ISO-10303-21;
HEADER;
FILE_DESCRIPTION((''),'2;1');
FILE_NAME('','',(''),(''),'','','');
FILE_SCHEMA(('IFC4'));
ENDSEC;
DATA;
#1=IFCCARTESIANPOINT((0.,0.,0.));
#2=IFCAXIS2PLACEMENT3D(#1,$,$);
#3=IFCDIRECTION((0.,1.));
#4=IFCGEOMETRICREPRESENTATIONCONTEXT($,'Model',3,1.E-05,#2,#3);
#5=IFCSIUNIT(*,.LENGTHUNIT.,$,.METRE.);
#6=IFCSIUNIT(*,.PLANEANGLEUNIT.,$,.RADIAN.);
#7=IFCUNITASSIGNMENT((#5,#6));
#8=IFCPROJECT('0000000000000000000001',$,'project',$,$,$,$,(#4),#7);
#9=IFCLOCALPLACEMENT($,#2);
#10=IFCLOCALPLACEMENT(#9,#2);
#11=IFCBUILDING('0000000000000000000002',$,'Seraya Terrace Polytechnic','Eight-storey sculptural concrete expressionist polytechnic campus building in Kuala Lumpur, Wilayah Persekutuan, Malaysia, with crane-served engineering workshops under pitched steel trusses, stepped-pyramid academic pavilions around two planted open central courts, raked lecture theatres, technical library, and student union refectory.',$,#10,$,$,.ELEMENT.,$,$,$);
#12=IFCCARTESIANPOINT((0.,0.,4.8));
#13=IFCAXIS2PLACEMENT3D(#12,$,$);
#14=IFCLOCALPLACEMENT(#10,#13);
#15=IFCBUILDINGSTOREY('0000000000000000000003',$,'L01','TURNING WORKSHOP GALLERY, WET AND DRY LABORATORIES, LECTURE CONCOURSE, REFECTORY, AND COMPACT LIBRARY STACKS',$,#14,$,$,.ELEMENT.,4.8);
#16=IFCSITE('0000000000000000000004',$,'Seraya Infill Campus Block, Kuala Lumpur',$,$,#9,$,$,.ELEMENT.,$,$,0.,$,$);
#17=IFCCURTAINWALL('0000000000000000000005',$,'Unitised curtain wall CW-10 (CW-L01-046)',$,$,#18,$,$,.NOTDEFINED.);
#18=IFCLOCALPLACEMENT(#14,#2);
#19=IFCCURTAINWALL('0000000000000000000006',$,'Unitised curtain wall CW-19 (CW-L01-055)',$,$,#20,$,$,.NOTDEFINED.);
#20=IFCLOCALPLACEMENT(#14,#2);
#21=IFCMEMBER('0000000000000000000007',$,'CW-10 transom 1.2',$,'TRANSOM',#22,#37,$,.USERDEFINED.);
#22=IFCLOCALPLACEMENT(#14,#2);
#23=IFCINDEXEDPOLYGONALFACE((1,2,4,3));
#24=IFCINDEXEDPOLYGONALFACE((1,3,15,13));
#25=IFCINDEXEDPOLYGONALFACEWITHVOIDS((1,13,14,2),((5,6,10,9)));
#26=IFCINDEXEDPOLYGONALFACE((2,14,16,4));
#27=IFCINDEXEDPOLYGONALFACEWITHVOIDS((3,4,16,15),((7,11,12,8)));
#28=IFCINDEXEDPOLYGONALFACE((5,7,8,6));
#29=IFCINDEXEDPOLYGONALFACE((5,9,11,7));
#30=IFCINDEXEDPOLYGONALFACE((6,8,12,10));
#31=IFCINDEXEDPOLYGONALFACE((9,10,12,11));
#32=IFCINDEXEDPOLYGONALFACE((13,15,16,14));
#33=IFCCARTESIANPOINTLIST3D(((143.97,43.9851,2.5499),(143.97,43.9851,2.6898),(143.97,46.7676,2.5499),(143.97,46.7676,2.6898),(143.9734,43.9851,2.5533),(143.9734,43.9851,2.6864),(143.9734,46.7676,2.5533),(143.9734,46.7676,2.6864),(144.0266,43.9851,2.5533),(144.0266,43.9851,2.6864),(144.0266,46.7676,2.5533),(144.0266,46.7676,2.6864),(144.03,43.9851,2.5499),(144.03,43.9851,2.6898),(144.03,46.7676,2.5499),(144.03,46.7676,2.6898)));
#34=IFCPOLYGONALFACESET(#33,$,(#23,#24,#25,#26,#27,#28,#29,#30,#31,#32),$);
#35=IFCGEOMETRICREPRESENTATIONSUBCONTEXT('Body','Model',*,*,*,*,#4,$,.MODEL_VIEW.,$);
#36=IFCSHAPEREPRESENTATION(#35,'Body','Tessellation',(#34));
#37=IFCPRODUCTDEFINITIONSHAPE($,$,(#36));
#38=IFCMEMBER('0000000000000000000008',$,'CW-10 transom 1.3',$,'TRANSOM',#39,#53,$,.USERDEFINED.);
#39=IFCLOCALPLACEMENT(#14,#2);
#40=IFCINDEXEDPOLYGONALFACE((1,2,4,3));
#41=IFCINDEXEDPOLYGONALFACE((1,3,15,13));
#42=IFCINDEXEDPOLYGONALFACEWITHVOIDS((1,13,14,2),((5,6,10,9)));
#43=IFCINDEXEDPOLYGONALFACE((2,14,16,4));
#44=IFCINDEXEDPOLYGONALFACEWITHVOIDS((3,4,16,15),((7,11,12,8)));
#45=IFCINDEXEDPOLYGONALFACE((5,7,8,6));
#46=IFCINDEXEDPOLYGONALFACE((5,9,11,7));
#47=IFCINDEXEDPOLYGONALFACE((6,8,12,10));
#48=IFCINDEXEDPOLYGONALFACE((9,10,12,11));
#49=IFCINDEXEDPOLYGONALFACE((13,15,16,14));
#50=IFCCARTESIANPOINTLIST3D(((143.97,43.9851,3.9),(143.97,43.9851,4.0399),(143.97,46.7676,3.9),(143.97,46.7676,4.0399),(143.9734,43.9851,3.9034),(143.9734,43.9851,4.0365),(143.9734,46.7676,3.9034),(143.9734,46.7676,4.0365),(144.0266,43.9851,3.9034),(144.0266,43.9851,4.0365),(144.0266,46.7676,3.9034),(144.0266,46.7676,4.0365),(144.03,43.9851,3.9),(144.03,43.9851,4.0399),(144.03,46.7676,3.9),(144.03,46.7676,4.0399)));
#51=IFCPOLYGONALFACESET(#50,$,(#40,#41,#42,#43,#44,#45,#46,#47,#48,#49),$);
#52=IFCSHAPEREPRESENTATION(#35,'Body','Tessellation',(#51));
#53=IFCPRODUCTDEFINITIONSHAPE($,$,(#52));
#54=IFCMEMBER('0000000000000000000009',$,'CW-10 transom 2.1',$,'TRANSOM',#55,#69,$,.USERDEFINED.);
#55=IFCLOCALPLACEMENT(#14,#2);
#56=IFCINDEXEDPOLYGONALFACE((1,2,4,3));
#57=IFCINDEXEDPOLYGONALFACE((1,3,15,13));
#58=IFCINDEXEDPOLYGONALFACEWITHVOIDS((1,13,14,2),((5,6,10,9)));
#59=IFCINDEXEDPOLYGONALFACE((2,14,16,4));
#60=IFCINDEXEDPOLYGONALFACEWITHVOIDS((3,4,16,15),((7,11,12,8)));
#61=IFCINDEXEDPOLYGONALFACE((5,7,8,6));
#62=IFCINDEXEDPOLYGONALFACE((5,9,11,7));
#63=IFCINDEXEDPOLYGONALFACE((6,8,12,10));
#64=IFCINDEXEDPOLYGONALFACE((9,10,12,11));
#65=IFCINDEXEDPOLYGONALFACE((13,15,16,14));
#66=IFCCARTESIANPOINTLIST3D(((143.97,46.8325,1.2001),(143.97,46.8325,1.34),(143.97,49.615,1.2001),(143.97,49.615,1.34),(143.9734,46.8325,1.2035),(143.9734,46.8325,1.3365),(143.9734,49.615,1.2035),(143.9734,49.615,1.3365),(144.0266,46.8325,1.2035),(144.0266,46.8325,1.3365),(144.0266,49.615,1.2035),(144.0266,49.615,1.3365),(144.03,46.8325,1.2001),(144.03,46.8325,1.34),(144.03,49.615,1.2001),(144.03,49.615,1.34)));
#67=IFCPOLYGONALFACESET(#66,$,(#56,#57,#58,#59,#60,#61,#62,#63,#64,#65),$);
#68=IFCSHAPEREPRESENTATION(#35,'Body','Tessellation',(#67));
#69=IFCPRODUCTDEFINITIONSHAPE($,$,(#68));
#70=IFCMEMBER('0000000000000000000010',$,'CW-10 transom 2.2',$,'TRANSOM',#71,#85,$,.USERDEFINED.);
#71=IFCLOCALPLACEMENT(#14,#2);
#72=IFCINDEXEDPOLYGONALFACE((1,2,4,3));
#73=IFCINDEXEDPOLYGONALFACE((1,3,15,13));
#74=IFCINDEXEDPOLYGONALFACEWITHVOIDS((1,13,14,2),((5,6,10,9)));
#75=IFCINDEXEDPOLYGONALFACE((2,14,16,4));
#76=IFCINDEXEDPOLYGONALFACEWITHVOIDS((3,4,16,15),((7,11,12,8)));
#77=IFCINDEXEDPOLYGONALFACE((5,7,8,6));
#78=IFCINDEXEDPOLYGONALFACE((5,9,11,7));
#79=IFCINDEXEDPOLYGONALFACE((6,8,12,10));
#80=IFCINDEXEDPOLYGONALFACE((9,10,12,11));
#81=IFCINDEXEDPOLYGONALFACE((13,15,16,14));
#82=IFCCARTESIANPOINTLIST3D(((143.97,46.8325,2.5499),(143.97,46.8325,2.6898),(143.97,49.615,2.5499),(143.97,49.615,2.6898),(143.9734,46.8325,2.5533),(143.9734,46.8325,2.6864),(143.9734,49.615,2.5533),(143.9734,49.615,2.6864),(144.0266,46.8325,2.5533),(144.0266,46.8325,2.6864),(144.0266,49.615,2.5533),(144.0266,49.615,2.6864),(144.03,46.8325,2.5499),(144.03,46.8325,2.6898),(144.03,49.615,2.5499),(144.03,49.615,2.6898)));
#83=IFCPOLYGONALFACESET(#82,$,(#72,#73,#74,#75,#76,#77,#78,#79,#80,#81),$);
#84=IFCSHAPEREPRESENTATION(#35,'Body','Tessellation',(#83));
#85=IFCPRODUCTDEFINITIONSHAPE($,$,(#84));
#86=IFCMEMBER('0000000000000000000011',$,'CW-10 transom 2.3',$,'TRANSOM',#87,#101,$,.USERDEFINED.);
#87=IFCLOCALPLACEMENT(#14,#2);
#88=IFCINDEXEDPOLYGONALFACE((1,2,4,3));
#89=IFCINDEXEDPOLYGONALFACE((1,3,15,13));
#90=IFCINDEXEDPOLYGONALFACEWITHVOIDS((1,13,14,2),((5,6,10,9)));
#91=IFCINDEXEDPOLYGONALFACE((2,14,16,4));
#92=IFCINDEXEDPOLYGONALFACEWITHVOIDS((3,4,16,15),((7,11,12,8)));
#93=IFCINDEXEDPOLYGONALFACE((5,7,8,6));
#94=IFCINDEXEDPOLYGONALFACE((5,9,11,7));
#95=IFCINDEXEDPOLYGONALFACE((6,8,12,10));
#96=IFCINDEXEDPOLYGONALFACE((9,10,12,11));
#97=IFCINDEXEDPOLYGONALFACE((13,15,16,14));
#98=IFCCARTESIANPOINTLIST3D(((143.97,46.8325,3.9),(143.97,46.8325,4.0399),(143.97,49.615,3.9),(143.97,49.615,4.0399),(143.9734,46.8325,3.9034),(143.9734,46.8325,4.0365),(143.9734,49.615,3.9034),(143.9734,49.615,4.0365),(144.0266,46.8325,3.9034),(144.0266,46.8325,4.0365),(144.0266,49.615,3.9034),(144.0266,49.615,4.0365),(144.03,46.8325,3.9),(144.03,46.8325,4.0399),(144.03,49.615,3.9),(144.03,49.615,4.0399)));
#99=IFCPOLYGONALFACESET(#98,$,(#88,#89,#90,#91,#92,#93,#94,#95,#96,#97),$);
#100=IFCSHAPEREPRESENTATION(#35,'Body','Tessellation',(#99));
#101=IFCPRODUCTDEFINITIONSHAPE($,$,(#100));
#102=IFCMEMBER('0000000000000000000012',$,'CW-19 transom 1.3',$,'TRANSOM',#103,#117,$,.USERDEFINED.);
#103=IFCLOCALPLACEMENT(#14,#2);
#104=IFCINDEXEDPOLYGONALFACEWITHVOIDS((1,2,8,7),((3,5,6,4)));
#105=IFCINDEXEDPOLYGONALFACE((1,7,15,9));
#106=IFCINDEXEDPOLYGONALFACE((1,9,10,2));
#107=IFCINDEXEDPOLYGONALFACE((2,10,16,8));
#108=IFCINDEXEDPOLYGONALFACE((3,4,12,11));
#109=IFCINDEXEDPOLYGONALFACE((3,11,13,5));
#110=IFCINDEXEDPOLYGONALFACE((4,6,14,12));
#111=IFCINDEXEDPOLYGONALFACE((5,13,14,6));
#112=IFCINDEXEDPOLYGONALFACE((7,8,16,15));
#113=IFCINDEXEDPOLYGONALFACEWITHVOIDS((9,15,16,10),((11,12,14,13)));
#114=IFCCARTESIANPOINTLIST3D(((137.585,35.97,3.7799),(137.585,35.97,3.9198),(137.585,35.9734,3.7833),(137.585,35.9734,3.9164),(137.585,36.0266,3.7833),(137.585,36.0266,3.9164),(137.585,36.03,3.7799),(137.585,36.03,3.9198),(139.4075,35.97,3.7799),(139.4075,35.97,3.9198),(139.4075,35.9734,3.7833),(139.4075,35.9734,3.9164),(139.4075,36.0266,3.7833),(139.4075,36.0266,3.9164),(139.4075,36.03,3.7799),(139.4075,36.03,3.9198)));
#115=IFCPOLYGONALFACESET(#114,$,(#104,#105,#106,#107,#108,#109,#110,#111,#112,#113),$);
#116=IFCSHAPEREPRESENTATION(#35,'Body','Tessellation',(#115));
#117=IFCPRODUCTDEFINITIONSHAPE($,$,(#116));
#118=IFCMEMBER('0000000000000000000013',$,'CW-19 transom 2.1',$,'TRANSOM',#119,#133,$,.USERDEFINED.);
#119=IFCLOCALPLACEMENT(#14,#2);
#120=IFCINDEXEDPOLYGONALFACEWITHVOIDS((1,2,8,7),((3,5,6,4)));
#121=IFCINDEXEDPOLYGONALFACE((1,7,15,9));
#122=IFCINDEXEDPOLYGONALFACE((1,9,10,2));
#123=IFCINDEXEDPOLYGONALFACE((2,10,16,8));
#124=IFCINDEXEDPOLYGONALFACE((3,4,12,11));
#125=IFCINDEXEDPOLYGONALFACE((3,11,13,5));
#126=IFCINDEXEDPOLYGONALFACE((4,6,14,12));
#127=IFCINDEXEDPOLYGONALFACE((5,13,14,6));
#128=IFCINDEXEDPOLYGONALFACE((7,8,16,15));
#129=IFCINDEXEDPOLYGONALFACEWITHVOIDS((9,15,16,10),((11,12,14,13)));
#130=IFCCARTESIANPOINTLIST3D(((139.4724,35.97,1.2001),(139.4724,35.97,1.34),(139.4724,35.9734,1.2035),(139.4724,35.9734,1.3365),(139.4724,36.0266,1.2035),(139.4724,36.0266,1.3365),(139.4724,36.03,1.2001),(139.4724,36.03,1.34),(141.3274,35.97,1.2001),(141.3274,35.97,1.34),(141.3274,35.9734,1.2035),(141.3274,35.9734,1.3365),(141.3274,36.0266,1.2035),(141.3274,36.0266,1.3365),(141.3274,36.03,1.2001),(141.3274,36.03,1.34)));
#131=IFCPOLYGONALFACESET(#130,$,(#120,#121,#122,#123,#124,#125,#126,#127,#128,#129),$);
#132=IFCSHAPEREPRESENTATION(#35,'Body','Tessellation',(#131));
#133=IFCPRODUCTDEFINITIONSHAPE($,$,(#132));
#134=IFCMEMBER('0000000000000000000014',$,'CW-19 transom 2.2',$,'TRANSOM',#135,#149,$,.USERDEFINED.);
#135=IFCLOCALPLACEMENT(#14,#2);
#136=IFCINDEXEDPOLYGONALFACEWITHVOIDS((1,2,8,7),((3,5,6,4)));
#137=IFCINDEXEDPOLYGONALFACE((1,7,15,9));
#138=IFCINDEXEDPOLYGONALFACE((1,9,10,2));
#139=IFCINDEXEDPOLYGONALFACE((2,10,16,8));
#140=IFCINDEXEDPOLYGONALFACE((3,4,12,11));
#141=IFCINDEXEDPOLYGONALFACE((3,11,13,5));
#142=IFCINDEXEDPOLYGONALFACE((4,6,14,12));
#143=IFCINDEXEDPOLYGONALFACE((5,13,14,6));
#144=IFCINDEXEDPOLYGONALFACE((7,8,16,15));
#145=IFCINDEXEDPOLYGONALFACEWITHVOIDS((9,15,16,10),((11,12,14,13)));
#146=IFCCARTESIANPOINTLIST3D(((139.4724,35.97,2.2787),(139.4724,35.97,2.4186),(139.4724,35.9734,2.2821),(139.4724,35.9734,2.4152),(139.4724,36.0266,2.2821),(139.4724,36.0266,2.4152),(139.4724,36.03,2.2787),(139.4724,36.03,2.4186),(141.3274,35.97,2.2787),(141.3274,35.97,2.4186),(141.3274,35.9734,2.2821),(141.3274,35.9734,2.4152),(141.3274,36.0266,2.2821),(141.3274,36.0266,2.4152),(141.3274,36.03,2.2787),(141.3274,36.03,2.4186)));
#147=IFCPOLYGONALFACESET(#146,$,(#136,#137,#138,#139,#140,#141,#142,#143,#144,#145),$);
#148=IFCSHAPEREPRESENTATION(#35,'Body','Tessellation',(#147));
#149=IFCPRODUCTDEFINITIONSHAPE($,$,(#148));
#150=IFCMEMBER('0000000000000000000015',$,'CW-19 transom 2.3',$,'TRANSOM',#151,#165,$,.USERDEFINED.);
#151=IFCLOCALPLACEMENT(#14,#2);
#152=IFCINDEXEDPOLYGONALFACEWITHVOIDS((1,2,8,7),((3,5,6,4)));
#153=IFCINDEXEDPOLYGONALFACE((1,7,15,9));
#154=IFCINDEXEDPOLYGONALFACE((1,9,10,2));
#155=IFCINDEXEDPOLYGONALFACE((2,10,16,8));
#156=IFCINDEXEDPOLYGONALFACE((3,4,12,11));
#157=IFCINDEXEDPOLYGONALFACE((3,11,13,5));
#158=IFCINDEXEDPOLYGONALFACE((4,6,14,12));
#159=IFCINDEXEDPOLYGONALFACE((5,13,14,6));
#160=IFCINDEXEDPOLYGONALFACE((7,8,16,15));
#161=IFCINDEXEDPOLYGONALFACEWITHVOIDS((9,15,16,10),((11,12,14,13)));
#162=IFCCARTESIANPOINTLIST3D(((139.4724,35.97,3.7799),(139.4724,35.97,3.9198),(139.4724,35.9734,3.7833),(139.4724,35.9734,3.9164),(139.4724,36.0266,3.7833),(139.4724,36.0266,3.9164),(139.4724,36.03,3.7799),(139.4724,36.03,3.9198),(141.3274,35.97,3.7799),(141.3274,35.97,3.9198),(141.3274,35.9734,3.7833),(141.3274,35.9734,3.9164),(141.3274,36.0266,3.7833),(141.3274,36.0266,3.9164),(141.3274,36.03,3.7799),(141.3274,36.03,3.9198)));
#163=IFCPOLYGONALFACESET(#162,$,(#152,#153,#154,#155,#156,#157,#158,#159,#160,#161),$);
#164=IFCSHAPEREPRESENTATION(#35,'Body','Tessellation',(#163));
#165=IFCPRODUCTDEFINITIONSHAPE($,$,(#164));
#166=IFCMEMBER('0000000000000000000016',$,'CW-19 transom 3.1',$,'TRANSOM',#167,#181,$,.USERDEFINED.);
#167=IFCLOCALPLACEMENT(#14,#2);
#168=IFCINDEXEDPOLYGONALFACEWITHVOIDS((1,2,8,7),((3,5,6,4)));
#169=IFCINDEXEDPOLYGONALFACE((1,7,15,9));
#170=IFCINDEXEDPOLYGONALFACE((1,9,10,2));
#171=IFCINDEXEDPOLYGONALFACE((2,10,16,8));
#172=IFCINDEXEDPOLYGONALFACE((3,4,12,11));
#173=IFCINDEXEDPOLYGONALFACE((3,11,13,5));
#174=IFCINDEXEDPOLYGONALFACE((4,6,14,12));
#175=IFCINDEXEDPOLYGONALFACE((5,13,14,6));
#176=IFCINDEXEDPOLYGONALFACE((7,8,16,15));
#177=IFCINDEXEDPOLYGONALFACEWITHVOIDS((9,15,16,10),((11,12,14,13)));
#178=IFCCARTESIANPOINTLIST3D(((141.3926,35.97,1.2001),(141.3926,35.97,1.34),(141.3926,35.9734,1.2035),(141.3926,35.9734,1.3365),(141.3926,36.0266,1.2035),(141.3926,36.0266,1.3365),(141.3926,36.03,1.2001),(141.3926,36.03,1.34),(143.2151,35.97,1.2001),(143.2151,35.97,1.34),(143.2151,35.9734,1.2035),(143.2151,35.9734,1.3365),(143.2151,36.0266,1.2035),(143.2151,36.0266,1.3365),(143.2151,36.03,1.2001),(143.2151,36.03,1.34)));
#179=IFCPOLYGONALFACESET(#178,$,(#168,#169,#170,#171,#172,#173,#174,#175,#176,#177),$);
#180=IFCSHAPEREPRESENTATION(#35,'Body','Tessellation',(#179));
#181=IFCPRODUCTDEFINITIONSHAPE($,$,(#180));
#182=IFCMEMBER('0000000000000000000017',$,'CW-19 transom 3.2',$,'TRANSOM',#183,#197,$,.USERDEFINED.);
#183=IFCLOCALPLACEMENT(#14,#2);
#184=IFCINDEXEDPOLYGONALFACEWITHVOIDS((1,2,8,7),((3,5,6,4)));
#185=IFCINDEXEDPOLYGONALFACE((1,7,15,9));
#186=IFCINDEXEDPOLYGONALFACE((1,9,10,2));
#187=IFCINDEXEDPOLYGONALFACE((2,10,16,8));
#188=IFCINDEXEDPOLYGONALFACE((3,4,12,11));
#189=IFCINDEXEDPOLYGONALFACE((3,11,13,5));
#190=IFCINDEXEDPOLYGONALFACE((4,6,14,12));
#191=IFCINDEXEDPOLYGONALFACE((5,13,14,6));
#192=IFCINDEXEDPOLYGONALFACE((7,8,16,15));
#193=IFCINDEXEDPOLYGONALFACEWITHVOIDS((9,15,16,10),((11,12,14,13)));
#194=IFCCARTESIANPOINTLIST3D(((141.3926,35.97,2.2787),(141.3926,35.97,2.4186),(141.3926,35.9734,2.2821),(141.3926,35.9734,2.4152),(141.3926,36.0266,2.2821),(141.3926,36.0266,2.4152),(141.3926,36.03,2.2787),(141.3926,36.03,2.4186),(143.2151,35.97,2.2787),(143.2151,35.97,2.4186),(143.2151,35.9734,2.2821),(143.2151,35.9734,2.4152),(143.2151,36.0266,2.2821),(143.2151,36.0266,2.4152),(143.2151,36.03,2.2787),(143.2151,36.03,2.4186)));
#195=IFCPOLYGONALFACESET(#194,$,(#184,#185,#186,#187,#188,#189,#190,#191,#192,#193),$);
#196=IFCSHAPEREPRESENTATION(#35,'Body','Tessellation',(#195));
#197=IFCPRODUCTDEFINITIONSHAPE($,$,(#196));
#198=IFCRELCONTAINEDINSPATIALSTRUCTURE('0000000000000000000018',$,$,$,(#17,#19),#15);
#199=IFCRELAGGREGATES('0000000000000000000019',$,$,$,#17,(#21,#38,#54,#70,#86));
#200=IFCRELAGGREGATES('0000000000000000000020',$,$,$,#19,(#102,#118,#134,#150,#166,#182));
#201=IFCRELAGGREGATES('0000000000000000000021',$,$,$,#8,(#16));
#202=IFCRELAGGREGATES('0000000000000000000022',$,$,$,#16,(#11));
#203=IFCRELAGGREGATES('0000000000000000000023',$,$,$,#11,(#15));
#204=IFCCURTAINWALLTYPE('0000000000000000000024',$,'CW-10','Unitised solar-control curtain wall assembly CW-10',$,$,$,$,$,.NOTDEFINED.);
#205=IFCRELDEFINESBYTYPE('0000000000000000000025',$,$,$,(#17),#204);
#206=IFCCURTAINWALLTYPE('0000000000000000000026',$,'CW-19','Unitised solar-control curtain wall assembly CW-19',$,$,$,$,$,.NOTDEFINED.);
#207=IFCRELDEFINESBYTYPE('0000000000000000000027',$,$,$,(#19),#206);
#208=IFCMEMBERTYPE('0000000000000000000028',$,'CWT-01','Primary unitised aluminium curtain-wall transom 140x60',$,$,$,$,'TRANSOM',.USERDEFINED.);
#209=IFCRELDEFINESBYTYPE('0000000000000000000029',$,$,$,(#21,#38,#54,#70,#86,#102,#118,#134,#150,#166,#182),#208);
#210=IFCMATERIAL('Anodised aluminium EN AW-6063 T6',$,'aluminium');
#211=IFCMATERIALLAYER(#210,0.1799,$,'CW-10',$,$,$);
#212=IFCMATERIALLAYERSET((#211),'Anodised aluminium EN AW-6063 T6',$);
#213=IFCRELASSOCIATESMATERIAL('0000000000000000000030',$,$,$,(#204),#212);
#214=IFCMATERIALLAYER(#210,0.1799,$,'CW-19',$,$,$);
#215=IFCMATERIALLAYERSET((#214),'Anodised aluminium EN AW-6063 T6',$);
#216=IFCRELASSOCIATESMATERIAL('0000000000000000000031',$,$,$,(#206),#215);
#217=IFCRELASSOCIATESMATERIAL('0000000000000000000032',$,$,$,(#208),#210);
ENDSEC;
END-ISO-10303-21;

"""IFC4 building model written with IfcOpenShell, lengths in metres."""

from ifc_helpers import new_model, si_unit, direction, frame, origin, origin_2d, place, context, subcontext, project, spatial, hollow_rectangle, extrude, material, layer, layer_set, material_profile, profile_set, type_object, element, aggregate, save


model = new_model("IFC4")

# Units and contexts
model_context = context("Model", 3, precision=1e-05, world=origin(), true_north=direction((0.0, 1.0)))
body_context = subcontext(model_context, "Body", "Model", "MODEL_VIEW")
ifc_project = project(units=[si_unit("LENGTHUNIT", "METRE"), si_unit("PLANEANGLEUNIT", "RADIAN")], contexts=[model_context])

# Site, building, storey
site_placement = place(None, origin())
site = spatial("IfcSite", under=ifc_project, at=site_placement, Name="Seraya Infill Campus Block, Kuala Lumpur", CompositionType="ELEMENT", RefElevation=0.0)
building_placement = place(site_placement, origin())
building = spatial("IfcBuilding", under=site, at=building_placement, Name="Seraya Terrace Polytechnic", Description="Eight-storey sculptural concrete expressionist polytechnic campus building in Kuala Lumpur, Wilayah Persekutuan, Malaysia, with crane-served engineering workshops under pitched steel trusses, stepped-pyramid academic pavilions around two planted open central courts, raked lecture theatres, technical library, and student union refectory.", CompositionType="ELEMENT")
storey_placement = place(building_placement, frame((0.0, 0.0, 4.8)))
storey = spatial("IfcBuildingStorey", under=building, at=storey_placement, Name="L01", Description="TURNING WORKSHOP GALLERY, WET AND DRY LABORATORIES, LECTURE CONCOURSE, REFECTORY, AND COMPACT LIBRARY STACKS", CompositionType="ELEMENT", Elevation=4.8)

# Curtain walls
ifc_material_1 = material(Name="Anodised aluminium EN AW-6063 T6", Category="aluminium")
ifc_layer_1 = layer(ifc_material_1, 0.1799, Name="CW-10")
ifc_layer_set_1 = layer_set([ifc_layer_1], Name="Anodised aluminium EN AW-6063 T6")
curtain_wall_type_1 = type_object("IfcCurtainWallType", Name="CW-10", Description="Unitised solar-control curtain wall assembly CW-10", PredefinedType="NOTDEFINED", material=ifc_layer_set_1)
curtain_wall_1_placement = place(storey_placement, origin())
curtain_wall_1 = element("IfcCurtainWall", 1, at=curtain_wall_1_placement, inside=storey, type_object=curtain_wall_type_1, Name="Unitised curtain wall CW-10 (CW-L01-046)", PredefinedType="NOTDEFINED")
ifc_layer_2 = layer(ifc_material_1, 0.1799, Name="CW-19")
ifc_layer_set_2 = layer_set([ifc_layer_2], Name="Anodised aluminium EN AW-6063 T6")
curtain_wall_type_2 = type_object("IfcCurtainWallType", Name="CW-19", Description="Unitised solar-control curtain wall assembly CW-19", PredefinedType="NOTDEFINED", material=ifc_layer_set_2)
curtain_wall_2_placement = place(storey_placement, origin())
curtain_wall_2 = element("IfcCurtainWall", 2, at=curtain_wall_2_placement, inside=storey, type_object=curtain_wall_type_2, Name="Unitised curtain wall CW-19 (CW-L01-055)", PredefinedType="NOTDEFINED")

# Members
ifc_material_profile_1 = material_profile(ifc_material_1, hollow_rectangle(XDim=0.0601, YDim=0.1399, WallThickness=0.0034, at=origin_2d()), Name="RHS 140x60x3.5")
ifc_profile_set_1 = profile_set([ifc_material_profile_1], Name="Anodised aluminium EN AW-6063 T6")
member_type_1 = type_object("IfcMemberType", Name="CWT-01", Description="Primary unitised aluminium curtain-wall transom 140x60", ElementType="TRANSOM", PredefinedType="USERDEFINED", material=ifc_profile_set_1)
member_1_placement = place(storey_placement, frame((144.0, 43.9851, 2.6199), z_axis=(0.0, 1.0, 0.0), x_axis=(-1.0, 0.0, 0.0)))
member_1 = element("IfcMember", 3, at=member_1_placement, type_object=member_type_1, Name="CW-10 transom 1.2", ObjectType="TRANSOM", PredefinedType="USERDEFINED", context=body_context, shape_type="SweptSolid", body=[
    extrude(hollow_rectangle(XDim=0.0601, YDim=0.1399, WallThickness=0.0034, at=origin_2d()), origin(), (0.0, 0.0, 1.0), 2.7825),
])
member_2_placement = place(storey_placement, frame((144.0, 43.9851, 3.97), z_axis=(0.0, 1.0, 0.0), x_axis=(-1.0, 0.0, 0.0)))
member_2 = element("IfcMember", 4, at=member_2_placement, type_object=member_type_1, Name="CW-10 transom 1.3", ObjectType="TRANSOM", PredefinedType="USERDEFINED", context=body_context, shape_type="SweptSolid", body=[
    extrude(hollow_rectangle(XDim=0.0601, YDim=0.1399, WallThickness=0.0034, at=origin_2d()), origin(), (0.0, 0.0, 1.0), 2.7825),
])
member_3_placement = place(storey_placement, frame((144.0, 46.8325, 1.27), z_axis=(0.0, 1.0, 0.0), x_axis=(-1.0, 0.0, 0.0)))
member_3 = element("IfcMember", 5, at=member_3_placement, type_object=member_type_1, Name="CW-10 transom 2.1", ObjectType="TRANSOM", PredefinedType="USERDEFINED", context=body_context, shape_type="SweptSolid", body=[
    extrude(hollow_rectangle(XDim=0.0601, YDim=0.1399, WallThickness=0.0034, at=origin_2d()), origin(), (0.0, 0.0, 1.0), 2.7825),
])
member_4_placement = place(storey_placement, frame((144.0, 46.8325, 2.6199), z_axis=(0.0, 1.0, 0.0), x_axis=(-1.0, 0.0, 0.0)))
member_4 = element("IfcMember", 6, at=member_4_placement, type_object=member_type_1, Name="CW-10 transom 2.2", ObjectType="TRANSOM", PredefinedType="USERDEFINED", context=body_context, shape_type="SweptSolid", body=[
    extrude(hollow_rectangle(XDim=0.0601, YDim=0.1399, WallThickness=0.0034, at=origin_2d()), origin(), (0.0, 0.0, 1.0), 2.7825),
])
member_5_placement = place(storey_placement, frame((144.0, 46.8325, 3.97), z_axis=(0.0, 1.0, 0.0), x_axis=(-1.0, 0.0, 0.0)))
member_5 = element("IfcMember", 7, at=member_5_placement, type_object=member_type_1, Name="CW-10 transom 2.3", ObjectType="TRANSOM", PredefinedType="USERDEFINED", context=body_context, shape_type="SweptSolid", body=[
    extrude(hollow_rectangle(XDim=0.0601, YDim=0.1399, WallThickness=0.0034, at=origin_2d()), origin(), (0.0, 0.0, 1.0), 2.7825),
])
member_6_placement = place(storey_placement, frame((137.585, 36.0, 3.8499), z_axis=(1.0, 0.0, 0.0), x_axis=(0.0, 1.0, 0.0)))
member_6 = element("IfcMember", 8, at=member_6_placement, type_object=member_type_1, Name="CW-19 transom 1.3", ObjectType="TRANSOM", PredefinedType="USERDEFINED", context=body_context, shape_type="SweptSolid", body=[
    extrude(hollow_rectangle(XDim=0.0601, YDim=0.1399, WallThickness=0.0034, at=origin_2d()), origin(), (0.0, 0.0, 1.0), 1.8225),
])
member_7_placement = place(storey_placement, frame((139.4724, 36.0, 1.27), z_axis=(1.0, 0.0, 0.0), x_axis=(0.0, 1.0, 0.0)))
member_7 = element("IfcMember", 9, at=member_7_placement, type_object=member_type_1, Name="CW-19 transom 2.1", ObjectType="TRANSOM", PredefinedType="USERDEFINED", context=body_context, shape_type="SweptSolid", body=[
    extrude(hollow_rectangle(XDim=0.0601, YDim=0.1399, WallThickness=0.0034, at=origin_2d()), origin(), (0.0, 0.0, 1.0), 1.855),
])
member_8_placement = place(storey_placement, frame((139.4724, 36.0, 2.3486), z_axis=(1.0, 0.0, 0.0), x_axis=(0.0, 1.0, 0.0)))
member_8 = element("IfcMember", 10, at=member_8_placement, type_object=member_type_1, Name="CW-19 transom 2.2", ObjectType="TRANSOM", PredefinedType="USERDEFINED", context=body_context, shape_type="SweptSolid", body=[
    extrude(hollow_rectangle(XDim=0.0601, YDim=0.1399, WallThickness=0.0034, at=origin_2d()), origin(), (0.0, 0.0, 1.0), 1.855),
])
member_9_placement = place(storey_placement, frame((139.4724, 36.0, 3.8499), z_axis=(1.0, 0.0, 0.0), x_axis=(0.0, 1.0, 0.0)))
member_9 = element("IfcMember", 11, at=member_9_placement, type_object=member_type_1, Name="CW-19 transom 2.3", ObjectType="TRANSOM", PredefinedType="USERDEFINED", context=body_context, shape_type="SweptSolid", body=[
    extrude(hollow_rectangle(XDim=0.0601, YDim=0.1399, WallThickness=0.0034, at=origin_2d()), origin(), (0.0, 0.0, 1.0), 1.855),
])
member_10_placement = place(storey_placement, frame((141.3926, 36.0, 1.27), z_axis=(1.0, 0.0, 0.0), x_axis=(0.0, 1.0, 0.0)))
member_10 = element("IfcMember", 12, at=member_10_placement, type_object=member_type_1, Name="CW-19 transom 3.1", ObjectType="TRANSOM", PredefinedType="USERDEFINED", context=body_context, shape_type="SweptSolid", body=[
    extrude(hollow_rectangle(XDim=0.0601, YDim=0.1399, WallThickness=0.0034, at=origin_2d()), origin(), (0.0, 0.0, 1.0), 1.8225),
])
member_11_placement = place(storey_placement, frame((141.3926, 36.0, 2.3486), z_axis=(1.0, 0.0, 0.0), x_axis=(0.0, 1.0, 0.0)))
member_11 = element("IfcMember", 13, at=member_11_placement, type_object=member_type_1, Name="CW-19 transom 3.2", ObjectType="TRANSOM", PredefinedType="USERDEFINED", context=body_context, shape_type="SweptSolid", body=[
    extrude(hollow_rectangle(XDim=0.0601, YDim=0.1399, WallThickness=0.0034, at=origin_2d()), origin(), (0.0, 0.0, 1.0), 1.8225),
])

aggregate(curtain_wall_1, [member_1, member_2, member_3, member_4, member_5])
aggregate(curtain_wall_2, [member_6, member_7, member_8, member_9, member_10, member_11])

save(model, "model.ifc")
